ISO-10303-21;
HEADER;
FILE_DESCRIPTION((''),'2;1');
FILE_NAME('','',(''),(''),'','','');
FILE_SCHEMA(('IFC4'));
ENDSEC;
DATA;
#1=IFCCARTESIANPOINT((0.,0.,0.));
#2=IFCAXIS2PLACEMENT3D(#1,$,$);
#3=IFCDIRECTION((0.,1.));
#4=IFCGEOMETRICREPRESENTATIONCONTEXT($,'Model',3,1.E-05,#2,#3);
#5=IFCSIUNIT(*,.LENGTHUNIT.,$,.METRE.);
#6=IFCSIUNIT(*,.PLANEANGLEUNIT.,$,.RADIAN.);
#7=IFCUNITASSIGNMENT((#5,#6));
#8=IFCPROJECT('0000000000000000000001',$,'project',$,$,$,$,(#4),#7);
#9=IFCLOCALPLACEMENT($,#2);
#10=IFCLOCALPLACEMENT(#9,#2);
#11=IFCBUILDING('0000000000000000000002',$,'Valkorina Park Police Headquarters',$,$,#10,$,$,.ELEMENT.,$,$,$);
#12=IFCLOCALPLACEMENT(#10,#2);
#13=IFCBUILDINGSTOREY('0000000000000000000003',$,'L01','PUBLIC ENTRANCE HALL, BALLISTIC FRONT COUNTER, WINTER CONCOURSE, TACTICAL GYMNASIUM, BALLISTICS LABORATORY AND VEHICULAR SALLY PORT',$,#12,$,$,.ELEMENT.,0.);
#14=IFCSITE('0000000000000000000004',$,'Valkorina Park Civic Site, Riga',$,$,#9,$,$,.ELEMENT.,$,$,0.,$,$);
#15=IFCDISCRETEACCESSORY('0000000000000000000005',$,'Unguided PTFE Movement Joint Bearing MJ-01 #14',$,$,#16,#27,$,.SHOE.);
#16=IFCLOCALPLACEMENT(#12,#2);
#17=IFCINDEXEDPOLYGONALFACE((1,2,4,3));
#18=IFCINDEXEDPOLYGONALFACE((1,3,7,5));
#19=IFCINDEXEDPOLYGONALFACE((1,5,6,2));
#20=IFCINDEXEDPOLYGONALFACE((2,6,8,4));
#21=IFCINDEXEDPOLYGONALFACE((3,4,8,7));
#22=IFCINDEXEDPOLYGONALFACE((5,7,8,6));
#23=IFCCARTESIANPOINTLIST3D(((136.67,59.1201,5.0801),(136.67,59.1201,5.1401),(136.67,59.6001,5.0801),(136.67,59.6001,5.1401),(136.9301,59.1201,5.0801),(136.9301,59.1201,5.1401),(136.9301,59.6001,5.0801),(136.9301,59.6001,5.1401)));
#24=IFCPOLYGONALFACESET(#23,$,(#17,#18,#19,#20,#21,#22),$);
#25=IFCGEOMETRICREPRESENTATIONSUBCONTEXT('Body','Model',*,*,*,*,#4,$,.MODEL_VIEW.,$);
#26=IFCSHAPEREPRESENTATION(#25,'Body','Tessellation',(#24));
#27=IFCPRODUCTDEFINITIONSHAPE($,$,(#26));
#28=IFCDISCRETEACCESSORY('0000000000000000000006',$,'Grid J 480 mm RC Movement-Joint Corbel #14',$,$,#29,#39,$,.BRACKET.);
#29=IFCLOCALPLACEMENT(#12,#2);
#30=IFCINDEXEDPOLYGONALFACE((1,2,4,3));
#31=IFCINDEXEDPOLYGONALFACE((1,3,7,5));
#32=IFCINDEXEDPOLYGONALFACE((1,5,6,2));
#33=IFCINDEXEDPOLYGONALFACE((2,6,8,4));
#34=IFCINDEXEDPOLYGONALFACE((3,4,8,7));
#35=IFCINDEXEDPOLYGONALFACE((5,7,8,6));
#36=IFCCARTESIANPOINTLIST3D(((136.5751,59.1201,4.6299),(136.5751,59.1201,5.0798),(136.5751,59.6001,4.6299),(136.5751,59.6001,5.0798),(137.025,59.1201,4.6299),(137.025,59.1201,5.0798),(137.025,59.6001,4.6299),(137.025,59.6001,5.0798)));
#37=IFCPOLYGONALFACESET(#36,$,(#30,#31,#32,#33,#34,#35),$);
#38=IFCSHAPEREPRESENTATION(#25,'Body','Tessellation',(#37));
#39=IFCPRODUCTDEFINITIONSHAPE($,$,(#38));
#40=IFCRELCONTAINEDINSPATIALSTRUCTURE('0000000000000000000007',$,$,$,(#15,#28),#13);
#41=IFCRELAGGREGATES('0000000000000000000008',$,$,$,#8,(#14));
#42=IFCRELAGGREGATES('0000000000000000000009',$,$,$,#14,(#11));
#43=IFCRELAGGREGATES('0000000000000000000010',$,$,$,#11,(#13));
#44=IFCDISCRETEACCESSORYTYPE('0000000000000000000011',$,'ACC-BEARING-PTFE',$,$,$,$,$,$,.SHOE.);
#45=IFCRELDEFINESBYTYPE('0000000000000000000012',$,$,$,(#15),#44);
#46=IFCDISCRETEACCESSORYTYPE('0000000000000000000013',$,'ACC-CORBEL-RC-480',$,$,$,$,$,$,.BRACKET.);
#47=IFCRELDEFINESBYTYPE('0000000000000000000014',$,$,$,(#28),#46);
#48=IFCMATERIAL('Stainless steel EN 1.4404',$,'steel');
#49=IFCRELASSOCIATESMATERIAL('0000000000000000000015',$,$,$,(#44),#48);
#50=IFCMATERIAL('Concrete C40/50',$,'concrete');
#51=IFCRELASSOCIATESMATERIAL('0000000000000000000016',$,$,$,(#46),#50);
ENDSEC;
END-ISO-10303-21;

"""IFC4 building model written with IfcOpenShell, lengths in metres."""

from ifc_helpers import new_model, si_unit, direction, frame, origin, origin_2d, place, context, subcontext, project, spatial, rectangle, extrude, material, type_object, element, save


model = new_model("IFC4")

# Units and contexts
model_context = context("Model", 3, precision=1e-05, world=origin(), true_north=direction((0.0, 1.0)))
body_context = subcontext(model_context, "Body", "Model", "MODEL_VIEW")
ifc_project = project(units=[si_unit("LENGTHUNIT", "METRE"), si_unit("PLANEANGLEUNIT", "RADIAN")], contexts=[model_context])

# Site, building, storey
site_placement = place(None, origin())
site = spatial("IfcSite", under=ifc_project, at=site_placement, Name="Valkorina Park Civic Site, Riga", CompositionType="ELEMENT", RefElevation=0.0)
building_placement = place(site_placement, origin())
building = spatial("IfcBuilding", under=site, at=building_placement, Name="Valkorina Park Police Headquarters", CompositionType="ELEMENT")
storey_placement = place(building_placement, origin())
storey = spatial("IfcBuildingStorey", under=building, at=storey_placement, Name="L01", Description="PUBLIC ENTRANCE HALL, BALLISTIC FRONT COUNTER, WINTER CONCOURSE, TACTICAL GYMNASIUM, BALLISTICS LABORATORY AND VEHICULAR SALLY PORT", CompositionType="ELEMENT", Elevation=0.0)

# Shared definitions
ifc_material_1 = material(Name="Concrete C40/50", Category="concrete")

# Discrete accessories
ifc_material_2 = material(Name="Stainless steel EN 1.4404", Category="steel")
discrete_accessory_type_1 = type_object("IfcDiscreteAccessoryType", Name="ACC-BEARING-PTFE", PredefinedType="SHOE", material=ifc_material_2)
discrete_accessory_1_placement = place(storey_placement, frame((136.8, 59.3601, 5.0801), z_axis=(0.0, 0.0, 1.0), x_axis=(1.0, 0.0, 0.0)))
element("IfcDiscreteAccessory", 1, at=discrete_accessory_1_placement, inside=storey, type_object=discrete_accessory_type_1, Name="Unguided PTFE Movement Joint Bearing MJ-01 #14", PredefinedType="SHOE", context=body_context, shape_type="SweptSolid", body=[
    extrude(rectangle(XDim=0.26, YDim=0.48, at=origin_2d()), origin(), (0.0, 0.0, 1.0), 0.0601),
])
discrete_accessory_type_2 = type_object("IfcDiscreteAccessoryType", Name="ACC-CORBEL-RC-480", PredefinedType="BRACKET", material=ifc_material_1)
discrete_accessory_2_placement = place(storey_placement, frame((136.8, 59.3601, 4.6299), z_axis=(0.0, 0.0, 1.0), x_axis=(1.0, 0.0, 0.0)))
element("IfcDiscreteAccessory", 2, at=discrete_accessory_2_placement, inside=storey, type_object=discrete_accessory_type_2, Name="Grid J 480 mm RC Movement-Joint Corbel #14", PredefinedType="BRACKET", context=body_context, shape_type="SweptSolid", body=[
    extrude(rectangle(XDim=0.45, YDim=0.48, at=origin_2d()), origin(), (0.0, 0.0, 1.0), 0.45),
])

save(model, "model.ifc")
